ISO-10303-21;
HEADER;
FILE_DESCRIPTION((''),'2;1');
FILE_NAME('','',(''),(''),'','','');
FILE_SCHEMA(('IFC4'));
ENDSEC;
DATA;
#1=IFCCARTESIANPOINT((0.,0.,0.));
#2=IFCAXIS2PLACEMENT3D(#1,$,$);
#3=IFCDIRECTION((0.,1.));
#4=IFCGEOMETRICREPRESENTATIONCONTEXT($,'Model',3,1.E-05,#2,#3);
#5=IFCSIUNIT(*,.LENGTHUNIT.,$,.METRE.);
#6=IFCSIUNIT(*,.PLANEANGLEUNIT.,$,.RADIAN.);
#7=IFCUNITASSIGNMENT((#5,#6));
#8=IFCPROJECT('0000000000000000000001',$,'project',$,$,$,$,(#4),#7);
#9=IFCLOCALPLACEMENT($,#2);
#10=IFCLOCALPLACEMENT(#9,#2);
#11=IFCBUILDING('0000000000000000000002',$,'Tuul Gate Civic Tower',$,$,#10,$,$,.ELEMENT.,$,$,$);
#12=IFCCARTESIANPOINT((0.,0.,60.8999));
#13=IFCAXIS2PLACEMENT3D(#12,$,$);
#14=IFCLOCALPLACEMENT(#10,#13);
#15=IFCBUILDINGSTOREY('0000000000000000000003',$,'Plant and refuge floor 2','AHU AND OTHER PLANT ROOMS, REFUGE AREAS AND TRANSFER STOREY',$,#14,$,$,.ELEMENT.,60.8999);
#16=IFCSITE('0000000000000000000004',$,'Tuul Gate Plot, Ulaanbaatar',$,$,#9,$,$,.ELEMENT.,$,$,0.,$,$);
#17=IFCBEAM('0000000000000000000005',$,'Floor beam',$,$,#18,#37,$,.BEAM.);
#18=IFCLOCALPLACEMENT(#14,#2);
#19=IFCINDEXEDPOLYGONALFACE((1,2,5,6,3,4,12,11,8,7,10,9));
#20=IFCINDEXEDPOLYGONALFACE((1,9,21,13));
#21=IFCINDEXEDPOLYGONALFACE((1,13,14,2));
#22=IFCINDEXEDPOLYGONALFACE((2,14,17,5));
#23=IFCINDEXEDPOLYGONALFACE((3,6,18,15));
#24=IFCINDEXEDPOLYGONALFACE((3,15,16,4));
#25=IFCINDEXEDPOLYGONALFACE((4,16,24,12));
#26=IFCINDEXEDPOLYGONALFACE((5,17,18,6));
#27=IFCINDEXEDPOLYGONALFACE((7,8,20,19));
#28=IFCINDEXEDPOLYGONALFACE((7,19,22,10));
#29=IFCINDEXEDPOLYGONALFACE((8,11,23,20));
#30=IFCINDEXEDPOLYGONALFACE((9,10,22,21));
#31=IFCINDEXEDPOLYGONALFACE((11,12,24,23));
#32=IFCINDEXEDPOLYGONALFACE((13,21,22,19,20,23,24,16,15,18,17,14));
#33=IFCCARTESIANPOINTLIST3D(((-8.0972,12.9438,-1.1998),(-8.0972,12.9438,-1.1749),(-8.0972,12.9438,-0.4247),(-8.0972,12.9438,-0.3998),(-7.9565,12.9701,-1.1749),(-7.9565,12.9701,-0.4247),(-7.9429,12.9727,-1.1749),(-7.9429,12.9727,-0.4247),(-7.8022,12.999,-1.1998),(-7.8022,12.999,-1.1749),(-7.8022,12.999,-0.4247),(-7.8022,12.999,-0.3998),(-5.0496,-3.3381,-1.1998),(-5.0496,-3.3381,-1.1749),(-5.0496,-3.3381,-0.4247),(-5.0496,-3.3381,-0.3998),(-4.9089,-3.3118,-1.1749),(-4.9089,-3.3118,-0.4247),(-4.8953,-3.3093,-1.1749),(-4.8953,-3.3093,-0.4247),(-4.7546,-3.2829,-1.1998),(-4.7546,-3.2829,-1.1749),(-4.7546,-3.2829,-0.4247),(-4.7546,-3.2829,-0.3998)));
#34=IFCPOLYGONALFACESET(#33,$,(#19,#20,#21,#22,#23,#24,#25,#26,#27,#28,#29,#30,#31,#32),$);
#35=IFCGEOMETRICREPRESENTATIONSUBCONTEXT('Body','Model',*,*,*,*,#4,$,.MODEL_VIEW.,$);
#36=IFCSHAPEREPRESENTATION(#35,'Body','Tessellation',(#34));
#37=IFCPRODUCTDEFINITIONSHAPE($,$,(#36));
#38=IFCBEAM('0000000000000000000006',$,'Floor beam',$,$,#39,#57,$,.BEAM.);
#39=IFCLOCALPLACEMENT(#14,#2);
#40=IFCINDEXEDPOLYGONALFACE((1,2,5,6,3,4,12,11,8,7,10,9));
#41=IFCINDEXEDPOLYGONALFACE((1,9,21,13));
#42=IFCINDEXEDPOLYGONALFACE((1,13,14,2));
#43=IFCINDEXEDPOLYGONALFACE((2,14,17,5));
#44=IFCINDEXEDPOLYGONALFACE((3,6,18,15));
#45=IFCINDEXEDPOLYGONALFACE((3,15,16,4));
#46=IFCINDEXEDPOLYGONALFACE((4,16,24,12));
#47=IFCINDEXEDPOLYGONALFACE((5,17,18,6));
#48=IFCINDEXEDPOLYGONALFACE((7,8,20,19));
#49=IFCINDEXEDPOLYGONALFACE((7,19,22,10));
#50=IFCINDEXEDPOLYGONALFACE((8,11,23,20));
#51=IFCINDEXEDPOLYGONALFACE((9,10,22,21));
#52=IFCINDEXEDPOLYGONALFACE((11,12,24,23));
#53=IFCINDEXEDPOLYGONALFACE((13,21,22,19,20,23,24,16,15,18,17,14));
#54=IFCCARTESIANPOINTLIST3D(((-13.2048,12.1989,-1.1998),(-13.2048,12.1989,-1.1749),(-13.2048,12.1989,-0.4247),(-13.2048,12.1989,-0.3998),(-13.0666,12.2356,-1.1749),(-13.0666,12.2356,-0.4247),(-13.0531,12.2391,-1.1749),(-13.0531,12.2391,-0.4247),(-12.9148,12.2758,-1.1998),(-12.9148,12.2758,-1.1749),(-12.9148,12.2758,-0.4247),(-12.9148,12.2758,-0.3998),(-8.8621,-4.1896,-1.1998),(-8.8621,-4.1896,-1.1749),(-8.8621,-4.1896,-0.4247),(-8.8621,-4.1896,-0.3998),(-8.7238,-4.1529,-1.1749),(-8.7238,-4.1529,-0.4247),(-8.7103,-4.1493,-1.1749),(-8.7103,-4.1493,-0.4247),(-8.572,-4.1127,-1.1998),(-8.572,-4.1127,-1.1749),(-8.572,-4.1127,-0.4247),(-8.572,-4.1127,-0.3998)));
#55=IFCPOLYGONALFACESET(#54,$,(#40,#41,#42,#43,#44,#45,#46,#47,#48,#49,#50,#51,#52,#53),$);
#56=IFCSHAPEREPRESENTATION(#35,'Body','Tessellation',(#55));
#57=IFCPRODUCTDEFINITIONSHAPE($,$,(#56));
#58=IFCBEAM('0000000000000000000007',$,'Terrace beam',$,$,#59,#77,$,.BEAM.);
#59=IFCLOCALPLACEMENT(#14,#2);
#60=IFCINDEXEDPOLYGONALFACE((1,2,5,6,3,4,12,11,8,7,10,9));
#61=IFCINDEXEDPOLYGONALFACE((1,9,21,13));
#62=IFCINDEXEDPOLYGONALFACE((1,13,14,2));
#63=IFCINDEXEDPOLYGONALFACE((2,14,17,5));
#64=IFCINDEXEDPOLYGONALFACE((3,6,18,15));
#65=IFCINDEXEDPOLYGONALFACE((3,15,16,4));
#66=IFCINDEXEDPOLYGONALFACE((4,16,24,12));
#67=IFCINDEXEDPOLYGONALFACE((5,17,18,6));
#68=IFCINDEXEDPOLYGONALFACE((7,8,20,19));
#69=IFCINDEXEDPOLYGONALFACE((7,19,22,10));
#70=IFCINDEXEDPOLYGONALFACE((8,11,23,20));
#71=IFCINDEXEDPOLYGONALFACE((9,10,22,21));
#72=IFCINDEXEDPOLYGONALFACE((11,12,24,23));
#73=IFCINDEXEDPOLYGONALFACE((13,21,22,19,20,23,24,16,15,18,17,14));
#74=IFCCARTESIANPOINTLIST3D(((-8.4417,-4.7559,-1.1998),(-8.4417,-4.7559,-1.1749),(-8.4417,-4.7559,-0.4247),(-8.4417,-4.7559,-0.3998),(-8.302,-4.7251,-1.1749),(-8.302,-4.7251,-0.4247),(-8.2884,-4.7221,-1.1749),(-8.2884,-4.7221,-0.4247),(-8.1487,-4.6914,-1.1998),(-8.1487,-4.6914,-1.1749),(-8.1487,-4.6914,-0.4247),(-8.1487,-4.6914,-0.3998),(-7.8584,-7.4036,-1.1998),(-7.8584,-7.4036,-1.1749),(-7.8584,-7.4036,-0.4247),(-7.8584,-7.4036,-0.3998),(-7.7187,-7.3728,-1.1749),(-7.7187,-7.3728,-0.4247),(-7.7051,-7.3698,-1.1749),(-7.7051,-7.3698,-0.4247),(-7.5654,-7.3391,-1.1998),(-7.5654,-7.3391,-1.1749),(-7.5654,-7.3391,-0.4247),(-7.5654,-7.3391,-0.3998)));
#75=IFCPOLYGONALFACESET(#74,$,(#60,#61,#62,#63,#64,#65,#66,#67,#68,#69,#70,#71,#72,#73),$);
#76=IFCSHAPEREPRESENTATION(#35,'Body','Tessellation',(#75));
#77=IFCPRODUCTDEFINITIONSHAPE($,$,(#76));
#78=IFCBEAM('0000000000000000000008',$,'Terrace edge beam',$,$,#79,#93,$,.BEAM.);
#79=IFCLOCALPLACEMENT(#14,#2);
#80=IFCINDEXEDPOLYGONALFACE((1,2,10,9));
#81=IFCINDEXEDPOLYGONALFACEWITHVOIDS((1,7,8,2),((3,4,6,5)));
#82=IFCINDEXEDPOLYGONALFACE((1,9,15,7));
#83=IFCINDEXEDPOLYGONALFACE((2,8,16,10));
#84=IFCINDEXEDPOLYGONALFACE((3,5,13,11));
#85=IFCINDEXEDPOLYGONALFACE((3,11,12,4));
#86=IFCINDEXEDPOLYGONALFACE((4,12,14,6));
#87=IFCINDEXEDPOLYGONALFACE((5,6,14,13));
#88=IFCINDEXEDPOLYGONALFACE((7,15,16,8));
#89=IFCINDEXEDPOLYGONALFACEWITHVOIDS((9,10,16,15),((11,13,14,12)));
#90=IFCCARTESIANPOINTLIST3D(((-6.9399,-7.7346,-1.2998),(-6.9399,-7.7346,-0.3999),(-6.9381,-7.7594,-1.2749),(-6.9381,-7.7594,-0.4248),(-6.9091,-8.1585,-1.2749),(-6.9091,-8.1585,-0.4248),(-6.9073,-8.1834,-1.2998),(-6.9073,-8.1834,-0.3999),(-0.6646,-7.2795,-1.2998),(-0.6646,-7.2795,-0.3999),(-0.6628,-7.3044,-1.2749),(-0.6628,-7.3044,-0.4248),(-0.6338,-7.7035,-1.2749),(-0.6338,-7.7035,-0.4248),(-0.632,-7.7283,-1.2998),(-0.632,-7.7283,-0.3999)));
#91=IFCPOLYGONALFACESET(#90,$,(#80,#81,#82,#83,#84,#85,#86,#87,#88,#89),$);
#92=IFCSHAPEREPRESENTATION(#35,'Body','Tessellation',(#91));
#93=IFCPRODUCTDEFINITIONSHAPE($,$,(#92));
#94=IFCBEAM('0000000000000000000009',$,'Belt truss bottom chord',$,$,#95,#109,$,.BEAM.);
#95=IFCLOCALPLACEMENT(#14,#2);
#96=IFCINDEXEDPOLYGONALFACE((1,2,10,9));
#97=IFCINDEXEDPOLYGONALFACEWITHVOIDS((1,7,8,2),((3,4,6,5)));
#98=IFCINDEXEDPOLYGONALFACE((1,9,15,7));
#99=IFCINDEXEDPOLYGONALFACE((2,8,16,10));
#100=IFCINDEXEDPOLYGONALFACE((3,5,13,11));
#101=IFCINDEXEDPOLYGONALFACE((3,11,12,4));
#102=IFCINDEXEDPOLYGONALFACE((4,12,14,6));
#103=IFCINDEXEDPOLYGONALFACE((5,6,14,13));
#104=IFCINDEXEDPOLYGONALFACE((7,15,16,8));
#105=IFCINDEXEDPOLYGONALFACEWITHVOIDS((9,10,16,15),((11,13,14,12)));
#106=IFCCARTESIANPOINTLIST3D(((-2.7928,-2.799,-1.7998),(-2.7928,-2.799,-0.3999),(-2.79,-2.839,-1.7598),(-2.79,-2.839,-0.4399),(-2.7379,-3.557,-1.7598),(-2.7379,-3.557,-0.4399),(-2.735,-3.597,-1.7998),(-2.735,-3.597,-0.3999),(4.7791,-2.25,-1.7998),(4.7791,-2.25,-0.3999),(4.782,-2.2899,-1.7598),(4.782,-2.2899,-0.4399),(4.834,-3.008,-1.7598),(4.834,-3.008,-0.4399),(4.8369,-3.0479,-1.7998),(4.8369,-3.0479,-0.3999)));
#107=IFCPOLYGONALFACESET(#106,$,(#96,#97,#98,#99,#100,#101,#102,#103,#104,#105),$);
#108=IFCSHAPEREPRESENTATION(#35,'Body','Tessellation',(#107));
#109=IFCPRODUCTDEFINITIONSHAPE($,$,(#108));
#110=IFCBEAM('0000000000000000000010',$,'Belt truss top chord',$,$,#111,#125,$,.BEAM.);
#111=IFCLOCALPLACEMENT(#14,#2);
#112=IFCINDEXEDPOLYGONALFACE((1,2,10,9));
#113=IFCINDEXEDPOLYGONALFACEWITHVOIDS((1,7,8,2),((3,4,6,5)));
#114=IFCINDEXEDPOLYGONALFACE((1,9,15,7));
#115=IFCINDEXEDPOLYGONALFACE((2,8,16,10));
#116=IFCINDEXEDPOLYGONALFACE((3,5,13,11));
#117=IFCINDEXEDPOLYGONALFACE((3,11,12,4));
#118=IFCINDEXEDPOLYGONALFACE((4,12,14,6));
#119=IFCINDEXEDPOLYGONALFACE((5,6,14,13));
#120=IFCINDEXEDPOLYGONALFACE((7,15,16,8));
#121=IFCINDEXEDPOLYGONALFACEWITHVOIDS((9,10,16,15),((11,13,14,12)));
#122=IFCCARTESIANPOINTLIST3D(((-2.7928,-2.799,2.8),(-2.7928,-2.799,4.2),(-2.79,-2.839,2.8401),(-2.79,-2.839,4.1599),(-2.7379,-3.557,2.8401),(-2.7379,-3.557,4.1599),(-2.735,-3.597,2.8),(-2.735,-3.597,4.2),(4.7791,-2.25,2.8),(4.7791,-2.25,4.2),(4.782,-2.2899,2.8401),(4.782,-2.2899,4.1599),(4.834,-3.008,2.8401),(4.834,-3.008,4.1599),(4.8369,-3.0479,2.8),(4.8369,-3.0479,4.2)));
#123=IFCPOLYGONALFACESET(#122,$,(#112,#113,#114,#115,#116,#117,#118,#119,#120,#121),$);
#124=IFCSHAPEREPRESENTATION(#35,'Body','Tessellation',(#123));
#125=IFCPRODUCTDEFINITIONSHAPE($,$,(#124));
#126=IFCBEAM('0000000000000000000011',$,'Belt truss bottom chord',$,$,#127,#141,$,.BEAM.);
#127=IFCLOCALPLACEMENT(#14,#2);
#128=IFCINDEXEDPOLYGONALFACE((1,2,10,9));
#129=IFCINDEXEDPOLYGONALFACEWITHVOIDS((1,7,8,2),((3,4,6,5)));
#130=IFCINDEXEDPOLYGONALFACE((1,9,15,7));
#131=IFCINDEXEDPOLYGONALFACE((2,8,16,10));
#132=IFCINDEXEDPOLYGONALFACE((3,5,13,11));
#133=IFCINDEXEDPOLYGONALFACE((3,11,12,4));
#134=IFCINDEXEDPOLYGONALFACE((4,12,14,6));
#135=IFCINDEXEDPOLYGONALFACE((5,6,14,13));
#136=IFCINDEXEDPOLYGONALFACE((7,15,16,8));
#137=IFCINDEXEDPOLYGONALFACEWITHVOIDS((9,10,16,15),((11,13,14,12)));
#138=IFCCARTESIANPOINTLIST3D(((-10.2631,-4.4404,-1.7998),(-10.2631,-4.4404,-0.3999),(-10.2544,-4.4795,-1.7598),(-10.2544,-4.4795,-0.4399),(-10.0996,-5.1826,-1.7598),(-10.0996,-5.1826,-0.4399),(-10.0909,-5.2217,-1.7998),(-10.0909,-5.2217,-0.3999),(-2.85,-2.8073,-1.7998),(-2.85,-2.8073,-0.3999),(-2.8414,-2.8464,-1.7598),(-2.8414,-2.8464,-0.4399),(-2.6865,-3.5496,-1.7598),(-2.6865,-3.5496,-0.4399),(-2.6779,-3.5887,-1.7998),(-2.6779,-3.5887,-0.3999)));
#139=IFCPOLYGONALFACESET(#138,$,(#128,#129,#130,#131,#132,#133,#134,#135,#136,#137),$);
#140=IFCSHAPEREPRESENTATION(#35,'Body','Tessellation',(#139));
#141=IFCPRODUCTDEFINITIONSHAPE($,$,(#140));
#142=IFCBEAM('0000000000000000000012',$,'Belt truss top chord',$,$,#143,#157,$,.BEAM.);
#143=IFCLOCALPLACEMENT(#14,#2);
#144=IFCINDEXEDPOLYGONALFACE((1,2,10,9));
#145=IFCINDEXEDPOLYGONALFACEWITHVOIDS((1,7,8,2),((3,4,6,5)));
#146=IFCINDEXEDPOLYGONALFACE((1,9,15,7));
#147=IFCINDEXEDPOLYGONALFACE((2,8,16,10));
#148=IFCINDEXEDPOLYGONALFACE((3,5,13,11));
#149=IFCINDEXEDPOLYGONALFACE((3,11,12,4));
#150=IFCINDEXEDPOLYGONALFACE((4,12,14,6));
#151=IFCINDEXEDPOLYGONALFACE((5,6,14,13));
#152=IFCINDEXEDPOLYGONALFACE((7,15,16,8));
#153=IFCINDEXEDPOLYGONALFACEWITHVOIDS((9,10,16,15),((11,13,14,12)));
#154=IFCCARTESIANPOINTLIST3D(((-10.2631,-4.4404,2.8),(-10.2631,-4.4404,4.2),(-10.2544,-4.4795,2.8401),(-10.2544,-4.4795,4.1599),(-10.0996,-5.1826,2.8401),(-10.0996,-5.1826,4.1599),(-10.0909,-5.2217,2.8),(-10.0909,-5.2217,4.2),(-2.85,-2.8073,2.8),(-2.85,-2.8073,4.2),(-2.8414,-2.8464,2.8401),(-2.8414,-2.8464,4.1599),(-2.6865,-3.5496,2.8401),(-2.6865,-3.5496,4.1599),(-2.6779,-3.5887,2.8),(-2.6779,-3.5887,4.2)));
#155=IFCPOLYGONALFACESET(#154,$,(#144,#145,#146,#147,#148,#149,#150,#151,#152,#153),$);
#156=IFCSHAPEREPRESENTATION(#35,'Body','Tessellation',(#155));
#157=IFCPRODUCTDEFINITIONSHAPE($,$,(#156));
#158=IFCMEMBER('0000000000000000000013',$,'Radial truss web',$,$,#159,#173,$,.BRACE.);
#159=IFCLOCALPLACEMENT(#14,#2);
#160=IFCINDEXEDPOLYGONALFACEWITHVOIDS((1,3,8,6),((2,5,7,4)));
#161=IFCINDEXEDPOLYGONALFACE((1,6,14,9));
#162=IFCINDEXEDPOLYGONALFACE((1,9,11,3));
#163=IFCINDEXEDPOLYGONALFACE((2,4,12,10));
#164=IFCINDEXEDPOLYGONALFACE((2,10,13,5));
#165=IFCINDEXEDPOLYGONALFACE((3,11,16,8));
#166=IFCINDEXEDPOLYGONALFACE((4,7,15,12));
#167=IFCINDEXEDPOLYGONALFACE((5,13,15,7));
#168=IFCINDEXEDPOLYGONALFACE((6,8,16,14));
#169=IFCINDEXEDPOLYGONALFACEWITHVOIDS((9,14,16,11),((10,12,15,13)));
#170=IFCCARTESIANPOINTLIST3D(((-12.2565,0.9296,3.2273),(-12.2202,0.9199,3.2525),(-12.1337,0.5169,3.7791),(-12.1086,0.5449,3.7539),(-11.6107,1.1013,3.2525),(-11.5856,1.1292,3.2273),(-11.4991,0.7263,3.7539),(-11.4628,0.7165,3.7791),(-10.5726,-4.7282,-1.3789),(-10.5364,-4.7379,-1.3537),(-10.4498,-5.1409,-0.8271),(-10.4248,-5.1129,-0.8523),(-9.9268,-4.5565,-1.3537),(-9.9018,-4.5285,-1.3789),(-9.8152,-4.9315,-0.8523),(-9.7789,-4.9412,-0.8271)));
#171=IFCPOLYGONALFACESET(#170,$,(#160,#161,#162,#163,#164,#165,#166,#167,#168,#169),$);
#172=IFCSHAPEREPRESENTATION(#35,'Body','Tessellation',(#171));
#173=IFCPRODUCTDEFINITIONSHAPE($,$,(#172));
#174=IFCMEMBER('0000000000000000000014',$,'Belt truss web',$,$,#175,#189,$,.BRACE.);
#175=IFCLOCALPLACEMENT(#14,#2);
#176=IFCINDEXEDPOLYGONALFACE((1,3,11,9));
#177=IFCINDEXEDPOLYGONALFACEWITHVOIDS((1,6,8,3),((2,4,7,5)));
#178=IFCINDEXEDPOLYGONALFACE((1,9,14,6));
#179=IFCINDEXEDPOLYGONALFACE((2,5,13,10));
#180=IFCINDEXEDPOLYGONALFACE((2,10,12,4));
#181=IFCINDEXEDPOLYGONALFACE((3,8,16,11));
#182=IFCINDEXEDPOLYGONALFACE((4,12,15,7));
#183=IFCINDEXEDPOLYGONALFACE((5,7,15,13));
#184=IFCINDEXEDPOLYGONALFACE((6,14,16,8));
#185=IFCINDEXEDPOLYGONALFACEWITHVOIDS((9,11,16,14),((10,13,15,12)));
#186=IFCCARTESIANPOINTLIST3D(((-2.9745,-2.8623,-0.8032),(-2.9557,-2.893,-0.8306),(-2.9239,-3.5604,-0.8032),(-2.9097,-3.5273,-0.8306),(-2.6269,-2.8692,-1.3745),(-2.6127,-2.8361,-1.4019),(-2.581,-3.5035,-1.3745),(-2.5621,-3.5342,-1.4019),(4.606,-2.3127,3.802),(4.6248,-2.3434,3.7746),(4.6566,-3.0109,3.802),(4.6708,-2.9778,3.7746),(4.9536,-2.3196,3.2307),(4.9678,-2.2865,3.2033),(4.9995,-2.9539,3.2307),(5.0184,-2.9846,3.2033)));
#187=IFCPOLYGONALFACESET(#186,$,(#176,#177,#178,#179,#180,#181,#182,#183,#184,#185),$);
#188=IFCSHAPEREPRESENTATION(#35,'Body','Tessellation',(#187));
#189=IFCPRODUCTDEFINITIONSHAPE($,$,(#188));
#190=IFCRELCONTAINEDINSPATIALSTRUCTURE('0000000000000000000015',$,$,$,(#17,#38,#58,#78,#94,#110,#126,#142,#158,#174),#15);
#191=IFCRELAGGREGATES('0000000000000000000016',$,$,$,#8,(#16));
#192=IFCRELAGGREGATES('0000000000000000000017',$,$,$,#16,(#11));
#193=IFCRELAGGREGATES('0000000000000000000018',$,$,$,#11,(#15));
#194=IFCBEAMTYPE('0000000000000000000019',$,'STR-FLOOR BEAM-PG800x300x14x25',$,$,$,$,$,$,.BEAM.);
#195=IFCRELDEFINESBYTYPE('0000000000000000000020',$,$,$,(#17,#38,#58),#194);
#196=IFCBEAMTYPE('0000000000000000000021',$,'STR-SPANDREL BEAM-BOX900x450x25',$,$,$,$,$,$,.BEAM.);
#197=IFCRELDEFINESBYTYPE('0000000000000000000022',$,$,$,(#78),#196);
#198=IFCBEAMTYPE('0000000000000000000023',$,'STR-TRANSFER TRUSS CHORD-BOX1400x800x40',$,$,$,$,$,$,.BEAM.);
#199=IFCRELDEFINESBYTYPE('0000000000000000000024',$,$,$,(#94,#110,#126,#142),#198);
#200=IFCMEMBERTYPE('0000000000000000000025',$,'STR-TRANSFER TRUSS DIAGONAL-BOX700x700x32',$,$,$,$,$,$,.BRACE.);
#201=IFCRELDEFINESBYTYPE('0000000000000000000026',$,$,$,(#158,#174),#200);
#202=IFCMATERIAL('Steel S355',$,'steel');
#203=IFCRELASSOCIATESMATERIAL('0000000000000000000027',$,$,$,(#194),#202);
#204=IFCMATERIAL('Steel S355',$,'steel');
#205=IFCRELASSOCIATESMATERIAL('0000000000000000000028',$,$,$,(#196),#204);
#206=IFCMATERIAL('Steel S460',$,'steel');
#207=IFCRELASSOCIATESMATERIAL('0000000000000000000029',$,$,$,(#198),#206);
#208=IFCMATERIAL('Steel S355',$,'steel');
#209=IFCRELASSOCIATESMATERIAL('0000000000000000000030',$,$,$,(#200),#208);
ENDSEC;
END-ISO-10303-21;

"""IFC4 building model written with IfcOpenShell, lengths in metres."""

from ifc_helpers import new_model, si_unit, direction, frame, origin, origin_2d, place, context, subcontext, project, spatial, hollow_rectangle, i_section, extrude, material, material_profile, profile_set, type_object, element, save


model = new_model("IFC4")

# Units and contexts
model_context = context("Model", 3, precision=1e-05, world=origin(), true_north=direction((0.0, 1.0)))
body_context = subcontext(model_context, "Body", "Model", "MODEL_VIEW")
ifc_project = project(units=[si_unit("LENGTHUNIT", "METRE"), si_unit("PLANEANGLEUNIT", "RADIAN")], contexts=[model_context])

# Site, building, storey
site_placement = place(None, origin())
site = spatial("IfcSite", under=ifc_project, at=site_placement, Name="Tuul Gate Plot, Ulaanbaatar", CompositionType="ELEMENT", RefElevation=0.0)
building_placement = place(site_placement, origin())
building = spatial("IfcBuilding", under=site, at=building_placement, Name="Tuul Gate Civic Tower", CompositionType="ELEMENT")
storey_placement = place(building_placement, frame((0.0, 0.0, 60.8999)))
storey = spatial("IfcBuildingStorey", under=building, at=storey_placement, Name="Plant and refuge floor 2", Description="AHU AND OTHER PLANT ROOMS, REFUGE AREAS AND TRANSFER STOREY", CompositionType="ELEMENT", Elevation=60.8999)

# Beams
ifc_material_1 = material(Name="Steel S355", Category="steel")
ifc_material_profile_1 = material_profile(ifc_material_1, i_section(OverallWidth=0.3, OverallDepth=0.8, WebThickness=0.0139, FlangeThickness=0.0249, at=origin_2d()), Name="PG800x300x14x25")
ifc_profile_set_1 = profile_set([ifc_material_profile_1], Name="Steel S355")
beam_type_1 = type_object("IfcBeamType", Name="STR-FLOOR BEAM-PG800x300x14x25", PredefinedType="BEAM", material=ifc_profile_set_1)
beam_1_placement = place(storey_placement, frame((-4.9021, -3.3105, -0.7998), z_axis=(-0.183982, 0.98293, 0.0), x_axis=(-0.98293, -0.183982, 0.0)))
element("IfcBeam", 1, at=beam_1_placement, inside=storey, type_object=beam_type_1, Name="Floor beam", PredefinedType="BEAM", context=body_context, shape_type="SweptSolid", body=[
    extrude(i_section(OverallWidth=0.3, OverallDepth=0.8, WebThickness=0.0139, FlangeThickness=0.0249, at=origin_2d()), origin(), (0.0, 0.0, 1.0), 16.5647),
])
beam_2_placement = place(storey_placement, frame((-8.717, -4.1511, -0.7998), z_axis=(-0.256149, 0.966637, 0.0), x_axis=(-0.966637, -0.256149, 0.0)))
element("IfcBeam", 2, at=beam_2_placement, inside=storey, type_object=beam_type_1, Name="Floor beam", PredefinedType="BEAM", context=body_context, shape_type="SweptSolid", body=[
    extrude(i_section(OverallWidth=0.3, OverallDepth=0.8, WebThickness=0.0139, FlangeThickness=0.0249, at=origin_2d()), origin(), (0.0, 0.0, 1.0), 16.9541),
])
beam_3_placement = place(storey_placement, frame((-7.7119, -7.3713, -0.7998), z_axis=(-0.215128, 0.976586, 0.0), x_axis=(-0.976586, -0.215128, 0.0)))
element("IfcBeam", 3, at=beam_3_placement, inside=storey, type_object=beam_type_1, Name="Terrace beam", PredefinedType="BEAM", context=body_context, shape_type="SweptSolid", body=[
    extrude(i_section(OverallWidth=0.3, OverallDepth=0.8, WebThickness=0.0139, FlangeThickness=0.0249, at=origin_2d()), origin(), (0.0, 0.0, 1.0), 2.7112),
])
ifc_material_2 = material(Name="Steel S355", Category="steel")
ifc_material_profile_2 = material_profile(ifc_material_2, hollow_rectangle(XDim=0.45, YDim=0.8999, WallThickness=0.0249, at=origin_2d()), Name="BOX900x450x25")
ifc_profile_set_2 = profile_set([ifc_material_profile_2], Name="Steel S355")
beam_type_2 = type_object("IfcBeamType", Name="STR-SPANDREL BEAM-BOX900x450x25", PredefinedType="BEAM", material=ifc_profile_set_2)
beam_4_placement = place(storey_placement, frame((-6.9236, -7.959, -0.8499), z_axis=(0.997381, 0.072328, 0.0), x_axis=(-0.072328, 0.997381, 0.0)))
element("IfcBeam", 4, at=beam_4_placement, inside=storey, type_object=beam_type_2, Name="Terrace edge beam", PredefinedType="BEAM", context=body_context, shape_type="SweptSolid", body=[
    extrude(hollow_rectangle(XDim=0.45, YDim=0.8999, WallThickness=0.0249, at=origin_2d()), origin(), (0.0, 0.0, 1.0), 6.2917),
])
ifc_material_3 = material(Name="Steel S460", Category="steel")
ifc_material_profile_3 = material_profile(ifc_material_3, hollow_rectangle(XDim=0.8, YDim=1.3999, WallThickness=0.04, at=origin_2d()), Name="BOX1400x800x40")
ifc_profile_set_3 = profile_set([ifc_material_profile_3], Name="Steel S460")
beam_type_3 = type_object("IfcBeamType", Name="STR-TRANSFER TRUSS CHORD-BOX1400x800x40", PredefinedType="BEAM", material=ifc_profile_set_3)
for number, where, z_axis, x_axis, name in (
    (5, (-2.7639, -3.198, -1.0999), (0.997381, 0.072323, 0.0), (-0.072323, 0.997381, 0.0), "Belt truss bottom chord"),
    (6, (-2.7639, -3.198, 3.5), (0.997381, 0.072323, 0.0), (-0.072323, 0.997381, 0.0), "Belt truss top chord"),
):
    element("IfcBeam", number, at=place(storey_placement, frame(where, z_axis=z_axis, x_axis=x_axis)), inside=storey, type_object=beam_type_3, Name=name, PredefinedType="BEAM", context=body_context, shape_type="SweptSolid", body=[
        extrude(hollow_rectangle(XDim=0.8, YDim=1.3999, WallThickness=0.04, at=origin_2d()), origin(), (0.0, 0.0, 1.0), 7.5918),
    ])
for number, where, z_axis, x_axis, name in (
    (7, (-10.177, -4.8311, -1.0999), (0.976584, 0.215135, 0.0), (-0.215135, 0.976584, 0.0), "Belt truss bottom chord"),
    (8, (-10.177, -4.8311, 3.5), (0.976584, 0.215135, 0.0), (-0.215135, 0.976584, 0.0), "Belt truss top chord"),
):
    element("IfcBeam", number, at=place(storey_placement, frame(where, z_axis=z_axis, x_axis=x_axis)), inside=storey, type_object=beam_type_3, Name=name, PredefinedType="BEAM", context=body_context, shape_type="SweptSolid", body=[
        extrude(hollow_rectangle(XDim=0.8, YDim=1.3999, WallThickness=0.04, at=origin_2d()), origin(), (0.0, 0.0, 1.0), 7.5908),
    ])

# Members
ifc_material_4 = material(Name="Steel S355", Category="steel")
ifc_material_profile_4 = material_profile(ifc_material_4, hollow_rectangle(XDim=0.7, YDim=0.7, WallThickness=0.032, at=origin_2d()), Name="BOX700x700x32")
ifc_profile_set_4 = profile_set([ifc_material_profile_4], Name="Steel S355")
member_type_1 = type_object("IfcMemberType", Name="STR-TRANSFER TRUSS DIAGONAL-BOX700x700x32", PredefinedType="BRACE", material=ifc_profile_set_4)
member_1_placement = place(storey_placement, frame((-10.1758, -4.8347, -1.103), z_axis=(-0.224888, 0.755625, 0.615188), x_axis=(-0.958452, -0.285253, 0.0)))
element("IfcMember", 9, at=member_1_placement, inside=storey, type_object=member_type_1, Name="Radial truss web", PredefinedType="BRACE", context=body_context, shape_type="SweptSolid", body=[
    extrude(hollow_rectangle(XDim=0.7, YDim=0.7, WallThickness=0.032, at=origin_2d()), origin(), (0.0, 0.0, 1.0), 7.4875),
])
member_2_placement = place(storey_placement, frame((-2.7683, -3.1982, -1.1025), z_axis=(0.853015, 0.06184, 0.51821), x_axis=(-0.072306, 0.997382, 0.0)))
element("IfcMember", 10, at=member_2_placement, inside=storey, type_object=member_type_1, Name="Belt truss web", PredefinedType="BRACE", context=body_context, shape_type="SweptSolid", body=[
    extrude(hollow_rectangle(XDim=0.7, YDim=0.7, WallThickness=0.032, at=origin_2d()), origin(), (0.0, 0.0, 1.0), 8.8867),
])

save(model, "model.ifc")
